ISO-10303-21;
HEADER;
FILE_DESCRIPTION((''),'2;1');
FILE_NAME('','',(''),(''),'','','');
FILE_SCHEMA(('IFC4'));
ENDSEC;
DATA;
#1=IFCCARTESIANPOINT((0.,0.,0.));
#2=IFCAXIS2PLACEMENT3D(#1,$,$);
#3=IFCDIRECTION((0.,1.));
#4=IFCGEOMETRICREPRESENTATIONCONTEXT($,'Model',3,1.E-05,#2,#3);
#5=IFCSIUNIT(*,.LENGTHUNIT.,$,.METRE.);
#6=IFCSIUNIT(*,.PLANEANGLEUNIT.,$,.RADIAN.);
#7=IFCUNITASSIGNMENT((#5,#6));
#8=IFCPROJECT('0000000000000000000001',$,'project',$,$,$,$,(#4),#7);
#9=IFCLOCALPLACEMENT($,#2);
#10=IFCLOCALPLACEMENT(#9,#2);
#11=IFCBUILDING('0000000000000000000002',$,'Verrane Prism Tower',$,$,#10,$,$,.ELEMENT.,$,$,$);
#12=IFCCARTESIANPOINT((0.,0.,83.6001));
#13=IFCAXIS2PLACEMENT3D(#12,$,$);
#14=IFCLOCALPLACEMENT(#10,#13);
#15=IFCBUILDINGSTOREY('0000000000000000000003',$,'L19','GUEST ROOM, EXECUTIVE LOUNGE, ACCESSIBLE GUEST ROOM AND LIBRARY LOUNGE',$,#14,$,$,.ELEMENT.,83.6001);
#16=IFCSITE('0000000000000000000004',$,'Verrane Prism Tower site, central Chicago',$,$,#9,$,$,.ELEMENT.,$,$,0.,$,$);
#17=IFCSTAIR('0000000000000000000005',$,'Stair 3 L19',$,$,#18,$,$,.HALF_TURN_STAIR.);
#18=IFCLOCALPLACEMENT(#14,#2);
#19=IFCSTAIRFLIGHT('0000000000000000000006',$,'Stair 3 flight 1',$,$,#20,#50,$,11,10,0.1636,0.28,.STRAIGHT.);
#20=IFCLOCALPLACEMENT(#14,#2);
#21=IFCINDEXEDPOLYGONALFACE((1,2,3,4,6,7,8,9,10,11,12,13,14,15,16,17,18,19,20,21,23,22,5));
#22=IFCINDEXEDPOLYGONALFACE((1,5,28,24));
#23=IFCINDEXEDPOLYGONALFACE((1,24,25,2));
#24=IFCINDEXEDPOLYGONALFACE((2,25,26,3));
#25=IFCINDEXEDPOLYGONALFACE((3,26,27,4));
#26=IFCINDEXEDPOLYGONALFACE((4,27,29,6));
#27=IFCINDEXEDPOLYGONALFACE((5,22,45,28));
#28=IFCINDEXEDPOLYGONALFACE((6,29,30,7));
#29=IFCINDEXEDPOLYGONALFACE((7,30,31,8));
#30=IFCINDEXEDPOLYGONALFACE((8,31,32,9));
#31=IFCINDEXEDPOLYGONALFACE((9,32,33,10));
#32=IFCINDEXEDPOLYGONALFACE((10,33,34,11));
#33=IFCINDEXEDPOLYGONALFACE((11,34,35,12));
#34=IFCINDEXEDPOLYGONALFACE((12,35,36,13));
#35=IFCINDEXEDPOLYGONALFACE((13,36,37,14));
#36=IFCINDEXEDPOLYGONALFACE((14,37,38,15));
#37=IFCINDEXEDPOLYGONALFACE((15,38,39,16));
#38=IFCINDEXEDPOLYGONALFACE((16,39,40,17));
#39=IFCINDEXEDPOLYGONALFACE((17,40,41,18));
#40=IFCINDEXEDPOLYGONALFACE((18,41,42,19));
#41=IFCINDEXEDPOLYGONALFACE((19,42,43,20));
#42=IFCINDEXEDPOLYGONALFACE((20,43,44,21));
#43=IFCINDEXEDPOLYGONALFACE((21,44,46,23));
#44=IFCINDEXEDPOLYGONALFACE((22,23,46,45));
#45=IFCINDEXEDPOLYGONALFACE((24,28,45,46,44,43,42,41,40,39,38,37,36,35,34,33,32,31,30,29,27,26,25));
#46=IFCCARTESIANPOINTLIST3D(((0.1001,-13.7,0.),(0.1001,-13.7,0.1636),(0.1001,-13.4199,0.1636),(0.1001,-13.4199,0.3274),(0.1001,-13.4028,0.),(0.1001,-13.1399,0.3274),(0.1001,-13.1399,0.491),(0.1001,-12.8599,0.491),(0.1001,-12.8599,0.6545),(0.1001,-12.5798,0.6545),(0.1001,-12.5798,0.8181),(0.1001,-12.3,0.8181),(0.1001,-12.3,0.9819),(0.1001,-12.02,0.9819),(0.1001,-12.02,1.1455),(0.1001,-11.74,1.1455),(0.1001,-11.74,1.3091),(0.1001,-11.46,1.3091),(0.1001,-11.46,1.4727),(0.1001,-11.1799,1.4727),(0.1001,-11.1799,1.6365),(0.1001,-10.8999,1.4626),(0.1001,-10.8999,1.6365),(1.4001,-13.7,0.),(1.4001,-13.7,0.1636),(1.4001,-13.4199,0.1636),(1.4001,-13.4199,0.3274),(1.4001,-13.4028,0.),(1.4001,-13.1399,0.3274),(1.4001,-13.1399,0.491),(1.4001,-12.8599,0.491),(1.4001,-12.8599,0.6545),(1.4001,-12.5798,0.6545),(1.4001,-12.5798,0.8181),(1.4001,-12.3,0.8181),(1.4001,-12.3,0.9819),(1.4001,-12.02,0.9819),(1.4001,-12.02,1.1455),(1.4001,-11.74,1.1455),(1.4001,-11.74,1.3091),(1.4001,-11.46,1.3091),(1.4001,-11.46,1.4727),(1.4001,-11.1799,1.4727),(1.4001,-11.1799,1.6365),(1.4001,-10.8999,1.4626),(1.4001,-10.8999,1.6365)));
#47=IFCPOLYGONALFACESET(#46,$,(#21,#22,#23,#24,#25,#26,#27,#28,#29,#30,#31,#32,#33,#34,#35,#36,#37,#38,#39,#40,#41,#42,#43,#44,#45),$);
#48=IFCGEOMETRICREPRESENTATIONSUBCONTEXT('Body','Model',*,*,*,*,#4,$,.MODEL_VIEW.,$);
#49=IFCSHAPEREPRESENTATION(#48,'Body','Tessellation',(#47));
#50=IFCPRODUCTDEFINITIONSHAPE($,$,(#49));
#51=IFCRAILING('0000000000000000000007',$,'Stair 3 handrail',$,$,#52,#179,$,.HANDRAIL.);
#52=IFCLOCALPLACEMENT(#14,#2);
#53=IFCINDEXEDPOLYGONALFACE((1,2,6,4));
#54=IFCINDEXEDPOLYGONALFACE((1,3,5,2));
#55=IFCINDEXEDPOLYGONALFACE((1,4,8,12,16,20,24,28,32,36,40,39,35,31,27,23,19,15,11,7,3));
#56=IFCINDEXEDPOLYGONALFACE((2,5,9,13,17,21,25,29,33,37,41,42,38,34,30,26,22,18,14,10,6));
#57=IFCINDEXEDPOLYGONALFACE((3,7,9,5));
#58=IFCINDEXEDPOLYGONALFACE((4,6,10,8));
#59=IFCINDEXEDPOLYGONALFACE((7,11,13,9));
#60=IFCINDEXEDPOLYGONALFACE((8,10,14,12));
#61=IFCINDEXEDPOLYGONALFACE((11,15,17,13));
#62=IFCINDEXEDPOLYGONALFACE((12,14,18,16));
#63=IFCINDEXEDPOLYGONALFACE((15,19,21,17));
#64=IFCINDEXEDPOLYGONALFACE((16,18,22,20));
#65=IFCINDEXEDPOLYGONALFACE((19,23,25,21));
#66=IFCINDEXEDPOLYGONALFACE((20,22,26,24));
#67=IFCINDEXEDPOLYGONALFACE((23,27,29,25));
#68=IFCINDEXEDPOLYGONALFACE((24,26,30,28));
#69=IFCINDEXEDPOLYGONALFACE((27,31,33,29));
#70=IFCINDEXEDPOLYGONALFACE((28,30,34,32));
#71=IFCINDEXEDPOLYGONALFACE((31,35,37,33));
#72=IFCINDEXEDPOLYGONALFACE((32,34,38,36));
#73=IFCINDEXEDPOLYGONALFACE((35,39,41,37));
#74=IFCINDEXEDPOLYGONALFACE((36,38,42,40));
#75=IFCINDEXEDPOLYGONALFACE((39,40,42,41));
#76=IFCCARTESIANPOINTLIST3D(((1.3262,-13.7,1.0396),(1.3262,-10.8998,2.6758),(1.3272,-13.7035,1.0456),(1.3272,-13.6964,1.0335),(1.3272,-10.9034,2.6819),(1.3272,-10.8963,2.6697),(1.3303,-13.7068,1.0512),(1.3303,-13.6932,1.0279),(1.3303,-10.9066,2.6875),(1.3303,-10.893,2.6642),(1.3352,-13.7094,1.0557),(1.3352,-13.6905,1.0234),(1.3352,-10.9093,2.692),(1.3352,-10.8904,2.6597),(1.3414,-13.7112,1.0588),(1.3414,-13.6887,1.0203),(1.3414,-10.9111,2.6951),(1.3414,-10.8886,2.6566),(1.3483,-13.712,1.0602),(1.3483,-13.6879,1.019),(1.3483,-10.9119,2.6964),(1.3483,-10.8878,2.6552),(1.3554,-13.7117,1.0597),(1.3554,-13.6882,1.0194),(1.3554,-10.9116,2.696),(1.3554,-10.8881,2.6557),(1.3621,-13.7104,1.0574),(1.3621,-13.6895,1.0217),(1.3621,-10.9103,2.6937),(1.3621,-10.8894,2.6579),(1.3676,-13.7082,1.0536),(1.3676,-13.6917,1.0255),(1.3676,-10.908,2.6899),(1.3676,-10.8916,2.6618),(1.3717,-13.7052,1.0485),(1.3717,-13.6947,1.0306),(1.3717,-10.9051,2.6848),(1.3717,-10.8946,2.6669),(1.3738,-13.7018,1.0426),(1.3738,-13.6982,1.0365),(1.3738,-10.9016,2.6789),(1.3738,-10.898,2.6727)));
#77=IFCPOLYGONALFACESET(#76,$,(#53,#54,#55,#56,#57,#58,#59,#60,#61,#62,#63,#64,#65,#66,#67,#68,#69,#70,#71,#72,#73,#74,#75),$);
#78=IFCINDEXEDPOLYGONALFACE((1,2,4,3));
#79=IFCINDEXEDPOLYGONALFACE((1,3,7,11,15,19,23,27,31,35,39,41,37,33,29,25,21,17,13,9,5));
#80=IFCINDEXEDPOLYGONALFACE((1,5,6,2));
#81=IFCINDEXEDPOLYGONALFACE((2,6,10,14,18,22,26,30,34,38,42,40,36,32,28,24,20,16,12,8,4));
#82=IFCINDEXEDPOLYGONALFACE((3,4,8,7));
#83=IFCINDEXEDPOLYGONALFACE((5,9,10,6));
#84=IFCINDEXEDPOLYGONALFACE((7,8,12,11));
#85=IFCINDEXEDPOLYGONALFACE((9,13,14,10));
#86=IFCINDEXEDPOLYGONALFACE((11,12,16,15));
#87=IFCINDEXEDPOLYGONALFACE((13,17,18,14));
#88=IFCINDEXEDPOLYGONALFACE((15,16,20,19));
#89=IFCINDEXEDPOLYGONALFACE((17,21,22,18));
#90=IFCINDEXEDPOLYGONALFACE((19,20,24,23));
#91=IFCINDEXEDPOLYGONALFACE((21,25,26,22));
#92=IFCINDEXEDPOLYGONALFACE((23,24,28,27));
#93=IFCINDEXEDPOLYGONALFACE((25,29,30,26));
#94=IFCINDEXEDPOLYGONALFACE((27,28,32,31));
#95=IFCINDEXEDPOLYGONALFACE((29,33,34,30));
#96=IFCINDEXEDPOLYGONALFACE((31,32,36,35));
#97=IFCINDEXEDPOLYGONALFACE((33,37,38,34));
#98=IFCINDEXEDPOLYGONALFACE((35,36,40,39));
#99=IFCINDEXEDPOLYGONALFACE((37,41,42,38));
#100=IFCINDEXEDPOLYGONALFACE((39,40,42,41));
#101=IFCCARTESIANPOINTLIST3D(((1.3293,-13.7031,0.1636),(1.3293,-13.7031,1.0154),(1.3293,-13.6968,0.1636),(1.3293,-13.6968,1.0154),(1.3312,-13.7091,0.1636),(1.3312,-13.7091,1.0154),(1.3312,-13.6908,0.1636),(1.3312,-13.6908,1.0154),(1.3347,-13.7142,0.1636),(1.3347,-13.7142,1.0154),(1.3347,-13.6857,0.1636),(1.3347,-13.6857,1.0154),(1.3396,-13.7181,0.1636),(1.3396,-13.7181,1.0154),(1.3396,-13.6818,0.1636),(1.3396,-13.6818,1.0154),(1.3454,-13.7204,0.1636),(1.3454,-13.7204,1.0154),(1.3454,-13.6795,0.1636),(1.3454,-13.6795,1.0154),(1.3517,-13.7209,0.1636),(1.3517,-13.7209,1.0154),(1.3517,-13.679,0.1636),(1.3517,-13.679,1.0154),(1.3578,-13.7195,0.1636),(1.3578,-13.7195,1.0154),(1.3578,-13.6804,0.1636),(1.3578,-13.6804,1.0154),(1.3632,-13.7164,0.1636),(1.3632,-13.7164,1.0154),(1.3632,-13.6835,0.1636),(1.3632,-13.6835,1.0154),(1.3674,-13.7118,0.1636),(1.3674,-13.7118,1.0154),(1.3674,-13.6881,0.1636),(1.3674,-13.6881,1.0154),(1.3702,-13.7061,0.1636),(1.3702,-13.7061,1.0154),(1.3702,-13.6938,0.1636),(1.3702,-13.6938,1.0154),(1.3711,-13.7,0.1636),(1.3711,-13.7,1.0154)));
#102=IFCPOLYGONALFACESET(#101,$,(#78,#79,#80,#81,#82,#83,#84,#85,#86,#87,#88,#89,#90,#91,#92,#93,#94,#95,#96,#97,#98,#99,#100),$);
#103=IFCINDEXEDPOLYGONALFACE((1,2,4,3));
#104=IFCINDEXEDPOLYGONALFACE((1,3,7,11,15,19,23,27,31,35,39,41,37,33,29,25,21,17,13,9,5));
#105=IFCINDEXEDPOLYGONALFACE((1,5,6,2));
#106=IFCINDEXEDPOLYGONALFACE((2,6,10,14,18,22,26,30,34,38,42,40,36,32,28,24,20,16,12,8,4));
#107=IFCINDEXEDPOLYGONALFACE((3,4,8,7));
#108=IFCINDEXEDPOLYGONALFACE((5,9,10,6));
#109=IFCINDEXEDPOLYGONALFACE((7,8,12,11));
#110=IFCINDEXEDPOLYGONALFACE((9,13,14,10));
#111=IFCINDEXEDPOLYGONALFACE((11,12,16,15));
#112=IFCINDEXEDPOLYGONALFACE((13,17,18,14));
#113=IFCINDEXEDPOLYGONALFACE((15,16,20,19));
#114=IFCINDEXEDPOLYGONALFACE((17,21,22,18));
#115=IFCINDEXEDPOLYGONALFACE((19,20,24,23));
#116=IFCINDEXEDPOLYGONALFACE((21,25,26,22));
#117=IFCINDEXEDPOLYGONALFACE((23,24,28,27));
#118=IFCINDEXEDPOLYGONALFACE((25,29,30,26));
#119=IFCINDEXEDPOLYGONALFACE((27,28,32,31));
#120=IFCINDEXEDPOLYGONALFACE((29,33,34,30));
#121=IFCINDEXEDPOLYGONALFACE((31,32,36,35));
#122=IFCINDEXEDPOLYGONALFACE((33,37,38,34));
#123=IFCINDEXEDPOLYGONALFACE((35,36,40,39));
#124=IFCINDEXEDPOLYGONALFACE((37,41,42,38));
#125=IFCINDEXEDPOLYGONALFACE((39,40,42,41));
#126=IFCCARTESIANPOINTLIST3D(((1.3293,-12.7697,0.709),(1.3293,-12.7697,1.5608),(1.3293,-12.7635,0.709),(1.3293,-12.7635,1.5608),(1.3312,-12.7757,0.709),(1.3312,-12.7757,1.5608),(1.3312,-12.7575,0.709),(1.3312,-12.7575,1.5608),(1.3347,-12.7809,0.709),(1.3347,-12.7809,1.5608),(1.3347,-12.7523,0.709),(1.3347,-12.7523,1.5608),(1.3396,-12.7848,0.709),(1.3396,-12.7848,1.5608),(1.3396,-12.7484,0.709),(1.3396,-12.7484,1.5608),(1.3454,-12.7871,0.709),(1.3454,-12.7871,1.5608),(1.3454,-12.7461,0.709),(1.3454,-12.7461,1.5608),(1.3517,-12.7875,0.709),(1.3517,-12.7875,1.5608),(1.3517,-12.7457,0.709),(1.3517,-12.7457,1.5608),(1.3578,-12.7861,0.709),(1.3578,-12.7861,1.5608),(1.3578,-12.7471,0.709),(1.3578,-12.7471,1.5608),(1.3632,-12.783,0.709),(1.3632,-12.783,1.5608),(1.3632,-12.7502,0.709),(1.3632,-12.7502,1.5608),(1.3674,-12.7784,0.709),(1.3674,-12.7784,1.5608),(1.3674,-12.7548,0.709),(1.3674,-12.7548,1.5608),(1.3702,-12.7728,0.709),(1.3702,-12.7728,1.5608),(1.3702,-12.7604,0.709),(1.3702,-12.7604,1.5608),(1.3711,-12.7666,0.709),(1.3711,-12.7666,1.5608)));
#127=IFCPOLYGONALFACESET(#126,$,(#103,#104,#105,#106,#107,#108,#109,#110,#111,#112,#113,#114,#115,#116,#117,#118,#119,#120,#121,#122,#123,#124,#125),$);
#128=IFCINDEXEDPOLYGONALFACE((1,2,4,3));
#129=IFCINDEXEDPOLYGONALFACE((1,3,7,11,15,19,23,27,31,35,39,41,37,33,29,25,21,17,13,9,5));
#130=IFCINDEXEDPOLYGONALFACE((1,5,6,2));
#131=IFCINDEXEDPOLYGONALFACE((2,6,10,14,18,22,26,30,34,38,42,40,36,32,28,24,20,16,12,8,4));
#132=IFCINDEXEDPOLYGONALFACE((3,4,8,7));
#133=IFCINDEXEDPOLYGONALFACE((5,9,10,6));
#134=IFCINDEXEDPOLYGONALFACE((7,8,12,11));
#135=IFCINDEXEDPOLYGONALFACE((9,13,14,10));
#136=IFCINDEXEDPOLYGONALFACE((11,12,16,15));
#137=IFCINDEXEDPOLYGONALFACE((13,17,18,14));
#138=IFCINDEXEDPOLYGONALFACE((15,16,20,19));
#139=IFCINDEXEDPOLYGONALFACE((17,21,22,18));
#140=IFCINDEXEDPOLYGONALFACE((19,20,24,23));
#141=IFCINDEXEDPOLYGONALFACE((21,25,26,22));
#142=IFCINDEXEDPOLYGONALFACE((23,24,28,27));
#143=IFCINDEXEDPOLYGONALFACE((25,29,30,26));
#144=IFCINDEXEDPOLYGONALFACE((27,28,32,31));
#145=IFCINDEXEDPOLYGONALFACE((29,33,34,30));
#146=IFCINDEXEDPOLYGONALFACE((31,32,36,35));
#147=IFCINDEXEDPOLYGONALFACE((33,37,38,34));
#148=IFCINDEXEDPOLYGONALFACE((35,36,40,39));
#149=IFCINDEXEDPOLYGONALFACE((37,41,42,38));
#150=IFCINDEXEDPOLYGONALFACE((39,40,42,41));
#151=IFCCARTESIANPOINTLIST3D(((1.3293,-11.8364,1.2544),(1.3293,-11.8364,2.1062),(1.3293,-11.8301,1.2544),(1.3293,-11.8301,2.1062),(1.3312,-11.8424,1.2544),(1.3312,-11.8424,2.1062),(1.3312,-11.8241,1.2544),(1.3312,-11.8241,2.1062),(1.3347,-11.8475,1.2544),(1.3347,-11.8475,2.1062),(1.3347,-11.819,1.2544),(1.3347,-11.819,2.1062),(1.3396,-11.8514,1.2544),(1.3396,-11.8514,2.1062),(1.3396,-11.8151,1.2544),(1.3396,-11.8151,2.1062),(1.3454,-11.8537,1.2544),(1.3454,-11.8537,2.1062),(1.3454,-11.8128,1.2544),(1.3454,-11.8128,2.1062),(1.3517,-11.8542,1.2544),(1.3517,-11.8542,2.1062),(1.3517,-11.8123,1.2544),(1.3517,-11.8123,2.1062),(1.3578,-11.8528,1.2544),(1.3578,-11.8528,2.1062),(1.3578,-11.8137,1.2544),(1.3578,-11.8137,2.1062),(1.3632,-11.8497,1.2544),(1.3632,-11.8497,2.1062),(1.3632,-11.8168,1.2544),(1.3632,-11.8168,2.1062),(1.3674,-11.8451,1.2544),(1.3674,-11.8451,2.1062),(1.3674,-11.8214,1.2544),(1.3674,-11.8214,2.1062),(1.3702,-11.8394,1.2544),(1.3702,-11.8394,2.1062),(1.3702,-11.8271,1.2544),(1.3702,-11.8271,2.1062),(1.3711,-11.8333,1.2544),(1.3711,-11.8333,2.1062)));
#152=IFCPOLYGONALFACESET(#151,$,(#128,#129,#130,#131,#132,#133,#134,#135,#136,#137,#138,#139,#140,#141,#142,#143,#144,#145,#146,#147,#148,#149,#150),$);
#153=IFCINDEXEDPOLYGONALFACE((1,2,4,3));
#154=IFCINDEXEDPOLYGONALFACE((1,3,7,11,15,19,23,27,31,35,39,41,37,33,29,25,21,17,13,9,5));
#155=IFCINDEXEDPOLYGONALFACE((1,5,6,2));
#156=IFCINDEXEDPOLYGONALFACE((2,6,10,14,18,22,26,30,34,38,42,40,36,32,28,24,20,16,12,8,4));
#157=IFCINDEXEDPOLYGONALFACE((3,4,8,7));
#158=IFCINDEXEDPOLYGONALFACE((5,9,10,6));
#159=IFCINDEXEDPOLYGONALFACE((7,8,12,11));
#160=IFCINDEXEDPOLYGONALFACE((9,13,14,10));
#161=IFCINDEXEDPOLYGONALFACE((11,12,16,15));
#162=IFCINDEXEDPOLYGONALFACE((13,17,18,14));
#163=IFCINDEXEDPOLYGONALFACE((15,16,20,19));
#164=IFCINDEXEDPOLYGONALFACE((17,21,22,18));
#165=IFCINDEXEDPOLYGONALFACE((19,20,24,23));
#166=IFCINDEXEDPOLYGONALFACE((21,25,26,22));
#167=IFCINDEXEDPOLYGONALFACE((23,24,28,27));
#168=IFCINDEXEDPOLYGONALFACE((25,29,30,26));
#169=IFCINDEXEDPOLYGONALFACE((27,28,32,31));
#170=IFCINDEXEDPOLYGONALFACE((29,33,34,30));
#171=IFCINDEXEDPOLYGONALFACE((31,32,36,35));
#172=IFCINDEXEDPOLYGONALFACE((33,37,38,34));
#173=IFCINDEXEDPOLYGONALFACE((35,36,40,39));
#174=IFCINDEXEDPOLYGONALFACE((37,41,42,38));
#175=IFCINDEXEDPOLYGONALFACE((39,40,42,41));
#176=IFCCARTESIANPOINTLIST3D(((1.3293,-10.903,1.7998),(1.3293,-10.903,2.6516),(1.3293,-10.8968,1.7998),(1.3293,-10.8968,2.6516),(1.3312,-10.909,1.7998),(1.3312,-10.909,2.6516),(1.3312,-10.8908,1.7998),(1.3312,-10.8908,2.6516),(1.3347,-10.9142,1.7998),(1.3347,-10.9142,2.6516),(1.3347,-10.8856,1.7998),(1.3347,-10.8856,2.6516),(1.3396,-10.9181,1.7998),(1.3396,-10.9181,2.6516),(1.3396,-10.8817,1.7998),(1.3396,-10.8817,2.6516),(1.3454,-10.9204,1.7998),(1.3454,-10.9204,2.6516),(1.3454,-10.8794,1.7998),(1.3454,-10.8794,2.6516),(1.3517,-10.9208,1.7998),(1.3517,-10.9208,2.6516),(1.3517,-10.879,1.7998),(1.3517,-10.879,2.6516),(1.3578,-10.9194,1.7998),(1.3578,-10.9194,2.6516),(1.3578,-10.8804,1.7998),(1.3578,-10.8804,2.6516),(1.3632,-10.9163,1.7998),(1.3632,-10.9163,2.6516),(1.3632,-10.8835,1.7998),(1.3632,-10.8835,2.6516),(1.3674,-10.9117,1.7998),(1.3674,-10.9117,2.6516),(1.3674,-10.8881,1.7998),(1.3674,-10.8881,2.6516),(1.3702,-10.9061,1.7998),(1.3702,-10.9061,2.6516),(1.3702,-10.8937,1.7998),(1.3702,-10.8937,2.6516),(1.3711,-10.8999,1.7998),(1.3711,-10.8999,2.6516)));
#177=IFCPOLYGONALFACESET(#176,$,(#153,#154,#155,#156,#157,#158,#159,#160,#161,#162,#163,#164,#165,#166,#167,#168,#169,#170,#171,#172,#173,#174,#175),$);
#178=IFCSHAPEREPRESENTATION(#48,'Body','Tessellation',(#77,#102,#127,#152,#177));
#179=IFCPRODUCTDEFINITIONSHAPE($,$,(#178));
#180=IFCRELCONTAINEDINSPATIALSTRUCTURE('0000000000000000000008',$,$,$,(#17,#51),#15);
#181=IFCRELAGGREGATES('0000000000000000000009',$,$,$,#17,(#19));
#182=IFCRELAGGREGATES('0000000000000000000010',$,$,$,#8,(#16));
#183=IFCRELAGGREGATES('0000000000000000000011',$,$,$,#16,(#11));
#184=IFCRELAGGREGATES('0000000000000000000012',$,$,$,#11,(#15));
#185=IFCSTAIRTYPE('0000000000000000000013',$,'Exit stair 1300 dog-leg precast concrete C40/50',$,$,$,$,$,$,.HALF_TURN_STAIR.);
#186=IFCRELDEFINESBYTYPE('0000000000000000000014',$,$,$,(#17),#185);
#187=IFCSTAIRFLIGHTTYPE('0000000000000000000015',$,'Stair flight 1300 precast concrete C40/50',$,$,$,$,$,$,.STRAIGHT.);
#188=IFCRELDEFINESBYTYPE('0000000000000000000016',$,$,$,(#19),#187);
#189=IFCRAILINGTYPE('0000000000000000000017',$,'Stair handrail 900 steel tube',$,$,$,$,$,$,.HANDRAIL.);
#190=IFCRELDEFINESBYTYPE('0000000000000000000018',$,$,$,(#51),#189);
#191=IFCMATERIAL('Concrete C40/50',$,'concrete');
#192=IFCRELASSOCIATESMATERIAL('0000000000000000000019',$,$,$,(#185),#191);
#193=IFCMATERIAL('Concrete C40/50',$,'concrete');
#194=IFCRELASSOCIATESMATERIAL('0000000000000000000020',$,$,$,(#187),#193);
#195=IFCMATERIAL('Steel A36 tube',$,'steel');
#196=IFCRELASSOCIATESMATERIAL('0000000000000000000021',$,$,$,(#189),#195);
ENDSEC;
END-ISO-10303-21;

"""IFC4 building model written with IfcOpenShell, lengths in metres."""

from ifc_helpers import new_model, si_unit, direction, frame, origin, origin_2d, place, context, subcontext, project, spatial, polyline, circle, outline, extrude, material, type_object, element, aggregate, save


model = new_model("IFC4")

# Units and contexts
model_context = context("Model", 3, precision=1e-05, world=origin(), true_north=direction((0.0, 1.0)))
body_context = subcontext(model_context, "Body", "Model", "MODEL_VIEW")
ifc_project = project(units=[si_unit("LENGTHUNIT", "METRE"), si_unit("PLANEANGLEUNIT", "RADIAN")], contexts=[model_context])

# Site, building, storey
site_placement = place(None, origin())
site = spatial("IfcSite", under=ifc_project, at=site_placement, Name="Verrane Prism Tower site, central Chicago", CompositionType="ELEMENT", RefElevation=0.0)
building_placement = place(site_placement, origin())
building = spatial("IfcBuilding", under=site, at=building_placement, Name="Verrane Prism Tower", CompositionType="ELEMENT")
storey_placement = place(building_placement, frame((0.0, 0.0, 83.6001)))
storey = spatial("IfcBuildingStorey", under=building, at=storey_placement, Name="L19", Description="GUEST ROOM, EXECUTIVE LOUNGE, ACCESSIBLE GUEST ROOM AND LIBRARY LOUNGE", CompositionType="ELEMENT", Elevation=83.6001)

# Stair, stair flight
ifc_material_1 = material(Name="Concrete C40/50", Category="concrete")
stair_type = type_object("IfcStairType", Name="Exit stair 1300 dog-leg precast concrete C40/50", PredefinedType="HALF_TURN_STAIR", material=ifc_material_1)
stair_placement = place(storey_placement, origin())
stair = element("IfcStair", 1, at=stair_placement, inside=storey, type_object=stair_type, Name="Stair 3 L19", PredefinedType="HALF_TURN_STAIR")
ifc_material_2 = material(Name="Concrete C40/50", Category="concrete")
stair_flight_type = type_object("IfcStairFlightType", Name="Stair flight 1300 precast concrete C40/50", PredefinedType="STRAIGHT", material=ifc_material_2)
stair_flight_placement = place(storey_placement, frame((0.75, -13.7, 0.0), z_axis=(0.0, 0.0, 1.0), x_axis=(0.0, 1.0, 0.0)))
stair_flight = element("IfcStairFlight", 2, at=stair_flight_placement, type_object=stair_flight_type, Name="Stair 3 flight 1", NumberOfRisers=11, NumberOfTreads=10, PredefinedType="STRAIGHT", RiserHeight=0.1636, TreadLength=0.28, context=body_context, shape_type="SweptSolid", body=[
    extrude(outline(polyline([(0.0, 0.0), (0.0, 0.1636), (0.28, 0.1636), (0.28, 0.3274), (0.5601, 0.3274), (0.5601, 0.491), (0.8401, 0.491), (0.8401, 0.6545), (1.1201, 0.6545), (1.1201, 0.8181), (1.3999, 0.8181), (1.3999, 0.9819), (1.6799, 0.9819), (1.6799, 1.1455), (1.96, 1.1455), (1.96, 1.3091), (2.24, 1.3091), (2.24, 1.4727), (2.52, 1.4727), (2.52, 1.6365), (2.8, 1.6365), (2.8, 1.8), (2.8, 1.4626), (0.2971, 0.0), (0.0, 0.0)])), frame((0.0, 0.6499, 0.0), z_axis=(0.0, -1.0, 0.0), x_axis=(1.0, 0.0, 0.0)), (0.0, 0.0, 1.0), 1.3),
])
aggregate(stair, [stair_flight])

# Railing
ifc_material_3 = material(Name="Steel A36 tube", Category="steel")
railing_type_1 = type_object("IfcRailingType", Name="Stair handrail 900 steel tube", PredefinedType="HANDRAIL", material=ifc_material_3)
railing_1_placement = place(storey_placement, frame((1.3501, -13.7, 0.1636)))
element("IfcRailing", 3, at=railing_1_placement, inside=storey, type_object=railing_type_1, Name="Stair 3 handrail", PredefinedType="HANDRAIL", context=body_context, shape_type="SweptSolid", body=[
    extrude(circle(Radius=0.0239, at=origin_2d()), frame((0.0, 0.0, 0.876), z_axis=(0.0, 0.863394, 0.504531), x_axis=(-1.0, 0.0, 0.0)), (0.0, 0.0, 1.0), 3.2432),
    extrude(circle(Radius=0.021, at=origin_2d()), origin(), (0.0, 0.0, 1.0), 0.8518),
    extrude(circle(Radius=0.021, at=origin_2d()), frame((0.0, 0.9333, 0.5454)), (0.0, 0.0, 1.0), 0.8518),
    extrude(circle(Radius=0.021, at=origin_2d()), frame((0.0, 1.8667, 1.0908)), (0.0, 0.0, 1.0), 0.8518),
    extrude(circle(Radius=0.021, at=origin_2d()), frame((0.0, 2.8, 1.6362)), (0.0, 0.0, 1.0), 0.8518),
])

save(model, "model.ifc")
